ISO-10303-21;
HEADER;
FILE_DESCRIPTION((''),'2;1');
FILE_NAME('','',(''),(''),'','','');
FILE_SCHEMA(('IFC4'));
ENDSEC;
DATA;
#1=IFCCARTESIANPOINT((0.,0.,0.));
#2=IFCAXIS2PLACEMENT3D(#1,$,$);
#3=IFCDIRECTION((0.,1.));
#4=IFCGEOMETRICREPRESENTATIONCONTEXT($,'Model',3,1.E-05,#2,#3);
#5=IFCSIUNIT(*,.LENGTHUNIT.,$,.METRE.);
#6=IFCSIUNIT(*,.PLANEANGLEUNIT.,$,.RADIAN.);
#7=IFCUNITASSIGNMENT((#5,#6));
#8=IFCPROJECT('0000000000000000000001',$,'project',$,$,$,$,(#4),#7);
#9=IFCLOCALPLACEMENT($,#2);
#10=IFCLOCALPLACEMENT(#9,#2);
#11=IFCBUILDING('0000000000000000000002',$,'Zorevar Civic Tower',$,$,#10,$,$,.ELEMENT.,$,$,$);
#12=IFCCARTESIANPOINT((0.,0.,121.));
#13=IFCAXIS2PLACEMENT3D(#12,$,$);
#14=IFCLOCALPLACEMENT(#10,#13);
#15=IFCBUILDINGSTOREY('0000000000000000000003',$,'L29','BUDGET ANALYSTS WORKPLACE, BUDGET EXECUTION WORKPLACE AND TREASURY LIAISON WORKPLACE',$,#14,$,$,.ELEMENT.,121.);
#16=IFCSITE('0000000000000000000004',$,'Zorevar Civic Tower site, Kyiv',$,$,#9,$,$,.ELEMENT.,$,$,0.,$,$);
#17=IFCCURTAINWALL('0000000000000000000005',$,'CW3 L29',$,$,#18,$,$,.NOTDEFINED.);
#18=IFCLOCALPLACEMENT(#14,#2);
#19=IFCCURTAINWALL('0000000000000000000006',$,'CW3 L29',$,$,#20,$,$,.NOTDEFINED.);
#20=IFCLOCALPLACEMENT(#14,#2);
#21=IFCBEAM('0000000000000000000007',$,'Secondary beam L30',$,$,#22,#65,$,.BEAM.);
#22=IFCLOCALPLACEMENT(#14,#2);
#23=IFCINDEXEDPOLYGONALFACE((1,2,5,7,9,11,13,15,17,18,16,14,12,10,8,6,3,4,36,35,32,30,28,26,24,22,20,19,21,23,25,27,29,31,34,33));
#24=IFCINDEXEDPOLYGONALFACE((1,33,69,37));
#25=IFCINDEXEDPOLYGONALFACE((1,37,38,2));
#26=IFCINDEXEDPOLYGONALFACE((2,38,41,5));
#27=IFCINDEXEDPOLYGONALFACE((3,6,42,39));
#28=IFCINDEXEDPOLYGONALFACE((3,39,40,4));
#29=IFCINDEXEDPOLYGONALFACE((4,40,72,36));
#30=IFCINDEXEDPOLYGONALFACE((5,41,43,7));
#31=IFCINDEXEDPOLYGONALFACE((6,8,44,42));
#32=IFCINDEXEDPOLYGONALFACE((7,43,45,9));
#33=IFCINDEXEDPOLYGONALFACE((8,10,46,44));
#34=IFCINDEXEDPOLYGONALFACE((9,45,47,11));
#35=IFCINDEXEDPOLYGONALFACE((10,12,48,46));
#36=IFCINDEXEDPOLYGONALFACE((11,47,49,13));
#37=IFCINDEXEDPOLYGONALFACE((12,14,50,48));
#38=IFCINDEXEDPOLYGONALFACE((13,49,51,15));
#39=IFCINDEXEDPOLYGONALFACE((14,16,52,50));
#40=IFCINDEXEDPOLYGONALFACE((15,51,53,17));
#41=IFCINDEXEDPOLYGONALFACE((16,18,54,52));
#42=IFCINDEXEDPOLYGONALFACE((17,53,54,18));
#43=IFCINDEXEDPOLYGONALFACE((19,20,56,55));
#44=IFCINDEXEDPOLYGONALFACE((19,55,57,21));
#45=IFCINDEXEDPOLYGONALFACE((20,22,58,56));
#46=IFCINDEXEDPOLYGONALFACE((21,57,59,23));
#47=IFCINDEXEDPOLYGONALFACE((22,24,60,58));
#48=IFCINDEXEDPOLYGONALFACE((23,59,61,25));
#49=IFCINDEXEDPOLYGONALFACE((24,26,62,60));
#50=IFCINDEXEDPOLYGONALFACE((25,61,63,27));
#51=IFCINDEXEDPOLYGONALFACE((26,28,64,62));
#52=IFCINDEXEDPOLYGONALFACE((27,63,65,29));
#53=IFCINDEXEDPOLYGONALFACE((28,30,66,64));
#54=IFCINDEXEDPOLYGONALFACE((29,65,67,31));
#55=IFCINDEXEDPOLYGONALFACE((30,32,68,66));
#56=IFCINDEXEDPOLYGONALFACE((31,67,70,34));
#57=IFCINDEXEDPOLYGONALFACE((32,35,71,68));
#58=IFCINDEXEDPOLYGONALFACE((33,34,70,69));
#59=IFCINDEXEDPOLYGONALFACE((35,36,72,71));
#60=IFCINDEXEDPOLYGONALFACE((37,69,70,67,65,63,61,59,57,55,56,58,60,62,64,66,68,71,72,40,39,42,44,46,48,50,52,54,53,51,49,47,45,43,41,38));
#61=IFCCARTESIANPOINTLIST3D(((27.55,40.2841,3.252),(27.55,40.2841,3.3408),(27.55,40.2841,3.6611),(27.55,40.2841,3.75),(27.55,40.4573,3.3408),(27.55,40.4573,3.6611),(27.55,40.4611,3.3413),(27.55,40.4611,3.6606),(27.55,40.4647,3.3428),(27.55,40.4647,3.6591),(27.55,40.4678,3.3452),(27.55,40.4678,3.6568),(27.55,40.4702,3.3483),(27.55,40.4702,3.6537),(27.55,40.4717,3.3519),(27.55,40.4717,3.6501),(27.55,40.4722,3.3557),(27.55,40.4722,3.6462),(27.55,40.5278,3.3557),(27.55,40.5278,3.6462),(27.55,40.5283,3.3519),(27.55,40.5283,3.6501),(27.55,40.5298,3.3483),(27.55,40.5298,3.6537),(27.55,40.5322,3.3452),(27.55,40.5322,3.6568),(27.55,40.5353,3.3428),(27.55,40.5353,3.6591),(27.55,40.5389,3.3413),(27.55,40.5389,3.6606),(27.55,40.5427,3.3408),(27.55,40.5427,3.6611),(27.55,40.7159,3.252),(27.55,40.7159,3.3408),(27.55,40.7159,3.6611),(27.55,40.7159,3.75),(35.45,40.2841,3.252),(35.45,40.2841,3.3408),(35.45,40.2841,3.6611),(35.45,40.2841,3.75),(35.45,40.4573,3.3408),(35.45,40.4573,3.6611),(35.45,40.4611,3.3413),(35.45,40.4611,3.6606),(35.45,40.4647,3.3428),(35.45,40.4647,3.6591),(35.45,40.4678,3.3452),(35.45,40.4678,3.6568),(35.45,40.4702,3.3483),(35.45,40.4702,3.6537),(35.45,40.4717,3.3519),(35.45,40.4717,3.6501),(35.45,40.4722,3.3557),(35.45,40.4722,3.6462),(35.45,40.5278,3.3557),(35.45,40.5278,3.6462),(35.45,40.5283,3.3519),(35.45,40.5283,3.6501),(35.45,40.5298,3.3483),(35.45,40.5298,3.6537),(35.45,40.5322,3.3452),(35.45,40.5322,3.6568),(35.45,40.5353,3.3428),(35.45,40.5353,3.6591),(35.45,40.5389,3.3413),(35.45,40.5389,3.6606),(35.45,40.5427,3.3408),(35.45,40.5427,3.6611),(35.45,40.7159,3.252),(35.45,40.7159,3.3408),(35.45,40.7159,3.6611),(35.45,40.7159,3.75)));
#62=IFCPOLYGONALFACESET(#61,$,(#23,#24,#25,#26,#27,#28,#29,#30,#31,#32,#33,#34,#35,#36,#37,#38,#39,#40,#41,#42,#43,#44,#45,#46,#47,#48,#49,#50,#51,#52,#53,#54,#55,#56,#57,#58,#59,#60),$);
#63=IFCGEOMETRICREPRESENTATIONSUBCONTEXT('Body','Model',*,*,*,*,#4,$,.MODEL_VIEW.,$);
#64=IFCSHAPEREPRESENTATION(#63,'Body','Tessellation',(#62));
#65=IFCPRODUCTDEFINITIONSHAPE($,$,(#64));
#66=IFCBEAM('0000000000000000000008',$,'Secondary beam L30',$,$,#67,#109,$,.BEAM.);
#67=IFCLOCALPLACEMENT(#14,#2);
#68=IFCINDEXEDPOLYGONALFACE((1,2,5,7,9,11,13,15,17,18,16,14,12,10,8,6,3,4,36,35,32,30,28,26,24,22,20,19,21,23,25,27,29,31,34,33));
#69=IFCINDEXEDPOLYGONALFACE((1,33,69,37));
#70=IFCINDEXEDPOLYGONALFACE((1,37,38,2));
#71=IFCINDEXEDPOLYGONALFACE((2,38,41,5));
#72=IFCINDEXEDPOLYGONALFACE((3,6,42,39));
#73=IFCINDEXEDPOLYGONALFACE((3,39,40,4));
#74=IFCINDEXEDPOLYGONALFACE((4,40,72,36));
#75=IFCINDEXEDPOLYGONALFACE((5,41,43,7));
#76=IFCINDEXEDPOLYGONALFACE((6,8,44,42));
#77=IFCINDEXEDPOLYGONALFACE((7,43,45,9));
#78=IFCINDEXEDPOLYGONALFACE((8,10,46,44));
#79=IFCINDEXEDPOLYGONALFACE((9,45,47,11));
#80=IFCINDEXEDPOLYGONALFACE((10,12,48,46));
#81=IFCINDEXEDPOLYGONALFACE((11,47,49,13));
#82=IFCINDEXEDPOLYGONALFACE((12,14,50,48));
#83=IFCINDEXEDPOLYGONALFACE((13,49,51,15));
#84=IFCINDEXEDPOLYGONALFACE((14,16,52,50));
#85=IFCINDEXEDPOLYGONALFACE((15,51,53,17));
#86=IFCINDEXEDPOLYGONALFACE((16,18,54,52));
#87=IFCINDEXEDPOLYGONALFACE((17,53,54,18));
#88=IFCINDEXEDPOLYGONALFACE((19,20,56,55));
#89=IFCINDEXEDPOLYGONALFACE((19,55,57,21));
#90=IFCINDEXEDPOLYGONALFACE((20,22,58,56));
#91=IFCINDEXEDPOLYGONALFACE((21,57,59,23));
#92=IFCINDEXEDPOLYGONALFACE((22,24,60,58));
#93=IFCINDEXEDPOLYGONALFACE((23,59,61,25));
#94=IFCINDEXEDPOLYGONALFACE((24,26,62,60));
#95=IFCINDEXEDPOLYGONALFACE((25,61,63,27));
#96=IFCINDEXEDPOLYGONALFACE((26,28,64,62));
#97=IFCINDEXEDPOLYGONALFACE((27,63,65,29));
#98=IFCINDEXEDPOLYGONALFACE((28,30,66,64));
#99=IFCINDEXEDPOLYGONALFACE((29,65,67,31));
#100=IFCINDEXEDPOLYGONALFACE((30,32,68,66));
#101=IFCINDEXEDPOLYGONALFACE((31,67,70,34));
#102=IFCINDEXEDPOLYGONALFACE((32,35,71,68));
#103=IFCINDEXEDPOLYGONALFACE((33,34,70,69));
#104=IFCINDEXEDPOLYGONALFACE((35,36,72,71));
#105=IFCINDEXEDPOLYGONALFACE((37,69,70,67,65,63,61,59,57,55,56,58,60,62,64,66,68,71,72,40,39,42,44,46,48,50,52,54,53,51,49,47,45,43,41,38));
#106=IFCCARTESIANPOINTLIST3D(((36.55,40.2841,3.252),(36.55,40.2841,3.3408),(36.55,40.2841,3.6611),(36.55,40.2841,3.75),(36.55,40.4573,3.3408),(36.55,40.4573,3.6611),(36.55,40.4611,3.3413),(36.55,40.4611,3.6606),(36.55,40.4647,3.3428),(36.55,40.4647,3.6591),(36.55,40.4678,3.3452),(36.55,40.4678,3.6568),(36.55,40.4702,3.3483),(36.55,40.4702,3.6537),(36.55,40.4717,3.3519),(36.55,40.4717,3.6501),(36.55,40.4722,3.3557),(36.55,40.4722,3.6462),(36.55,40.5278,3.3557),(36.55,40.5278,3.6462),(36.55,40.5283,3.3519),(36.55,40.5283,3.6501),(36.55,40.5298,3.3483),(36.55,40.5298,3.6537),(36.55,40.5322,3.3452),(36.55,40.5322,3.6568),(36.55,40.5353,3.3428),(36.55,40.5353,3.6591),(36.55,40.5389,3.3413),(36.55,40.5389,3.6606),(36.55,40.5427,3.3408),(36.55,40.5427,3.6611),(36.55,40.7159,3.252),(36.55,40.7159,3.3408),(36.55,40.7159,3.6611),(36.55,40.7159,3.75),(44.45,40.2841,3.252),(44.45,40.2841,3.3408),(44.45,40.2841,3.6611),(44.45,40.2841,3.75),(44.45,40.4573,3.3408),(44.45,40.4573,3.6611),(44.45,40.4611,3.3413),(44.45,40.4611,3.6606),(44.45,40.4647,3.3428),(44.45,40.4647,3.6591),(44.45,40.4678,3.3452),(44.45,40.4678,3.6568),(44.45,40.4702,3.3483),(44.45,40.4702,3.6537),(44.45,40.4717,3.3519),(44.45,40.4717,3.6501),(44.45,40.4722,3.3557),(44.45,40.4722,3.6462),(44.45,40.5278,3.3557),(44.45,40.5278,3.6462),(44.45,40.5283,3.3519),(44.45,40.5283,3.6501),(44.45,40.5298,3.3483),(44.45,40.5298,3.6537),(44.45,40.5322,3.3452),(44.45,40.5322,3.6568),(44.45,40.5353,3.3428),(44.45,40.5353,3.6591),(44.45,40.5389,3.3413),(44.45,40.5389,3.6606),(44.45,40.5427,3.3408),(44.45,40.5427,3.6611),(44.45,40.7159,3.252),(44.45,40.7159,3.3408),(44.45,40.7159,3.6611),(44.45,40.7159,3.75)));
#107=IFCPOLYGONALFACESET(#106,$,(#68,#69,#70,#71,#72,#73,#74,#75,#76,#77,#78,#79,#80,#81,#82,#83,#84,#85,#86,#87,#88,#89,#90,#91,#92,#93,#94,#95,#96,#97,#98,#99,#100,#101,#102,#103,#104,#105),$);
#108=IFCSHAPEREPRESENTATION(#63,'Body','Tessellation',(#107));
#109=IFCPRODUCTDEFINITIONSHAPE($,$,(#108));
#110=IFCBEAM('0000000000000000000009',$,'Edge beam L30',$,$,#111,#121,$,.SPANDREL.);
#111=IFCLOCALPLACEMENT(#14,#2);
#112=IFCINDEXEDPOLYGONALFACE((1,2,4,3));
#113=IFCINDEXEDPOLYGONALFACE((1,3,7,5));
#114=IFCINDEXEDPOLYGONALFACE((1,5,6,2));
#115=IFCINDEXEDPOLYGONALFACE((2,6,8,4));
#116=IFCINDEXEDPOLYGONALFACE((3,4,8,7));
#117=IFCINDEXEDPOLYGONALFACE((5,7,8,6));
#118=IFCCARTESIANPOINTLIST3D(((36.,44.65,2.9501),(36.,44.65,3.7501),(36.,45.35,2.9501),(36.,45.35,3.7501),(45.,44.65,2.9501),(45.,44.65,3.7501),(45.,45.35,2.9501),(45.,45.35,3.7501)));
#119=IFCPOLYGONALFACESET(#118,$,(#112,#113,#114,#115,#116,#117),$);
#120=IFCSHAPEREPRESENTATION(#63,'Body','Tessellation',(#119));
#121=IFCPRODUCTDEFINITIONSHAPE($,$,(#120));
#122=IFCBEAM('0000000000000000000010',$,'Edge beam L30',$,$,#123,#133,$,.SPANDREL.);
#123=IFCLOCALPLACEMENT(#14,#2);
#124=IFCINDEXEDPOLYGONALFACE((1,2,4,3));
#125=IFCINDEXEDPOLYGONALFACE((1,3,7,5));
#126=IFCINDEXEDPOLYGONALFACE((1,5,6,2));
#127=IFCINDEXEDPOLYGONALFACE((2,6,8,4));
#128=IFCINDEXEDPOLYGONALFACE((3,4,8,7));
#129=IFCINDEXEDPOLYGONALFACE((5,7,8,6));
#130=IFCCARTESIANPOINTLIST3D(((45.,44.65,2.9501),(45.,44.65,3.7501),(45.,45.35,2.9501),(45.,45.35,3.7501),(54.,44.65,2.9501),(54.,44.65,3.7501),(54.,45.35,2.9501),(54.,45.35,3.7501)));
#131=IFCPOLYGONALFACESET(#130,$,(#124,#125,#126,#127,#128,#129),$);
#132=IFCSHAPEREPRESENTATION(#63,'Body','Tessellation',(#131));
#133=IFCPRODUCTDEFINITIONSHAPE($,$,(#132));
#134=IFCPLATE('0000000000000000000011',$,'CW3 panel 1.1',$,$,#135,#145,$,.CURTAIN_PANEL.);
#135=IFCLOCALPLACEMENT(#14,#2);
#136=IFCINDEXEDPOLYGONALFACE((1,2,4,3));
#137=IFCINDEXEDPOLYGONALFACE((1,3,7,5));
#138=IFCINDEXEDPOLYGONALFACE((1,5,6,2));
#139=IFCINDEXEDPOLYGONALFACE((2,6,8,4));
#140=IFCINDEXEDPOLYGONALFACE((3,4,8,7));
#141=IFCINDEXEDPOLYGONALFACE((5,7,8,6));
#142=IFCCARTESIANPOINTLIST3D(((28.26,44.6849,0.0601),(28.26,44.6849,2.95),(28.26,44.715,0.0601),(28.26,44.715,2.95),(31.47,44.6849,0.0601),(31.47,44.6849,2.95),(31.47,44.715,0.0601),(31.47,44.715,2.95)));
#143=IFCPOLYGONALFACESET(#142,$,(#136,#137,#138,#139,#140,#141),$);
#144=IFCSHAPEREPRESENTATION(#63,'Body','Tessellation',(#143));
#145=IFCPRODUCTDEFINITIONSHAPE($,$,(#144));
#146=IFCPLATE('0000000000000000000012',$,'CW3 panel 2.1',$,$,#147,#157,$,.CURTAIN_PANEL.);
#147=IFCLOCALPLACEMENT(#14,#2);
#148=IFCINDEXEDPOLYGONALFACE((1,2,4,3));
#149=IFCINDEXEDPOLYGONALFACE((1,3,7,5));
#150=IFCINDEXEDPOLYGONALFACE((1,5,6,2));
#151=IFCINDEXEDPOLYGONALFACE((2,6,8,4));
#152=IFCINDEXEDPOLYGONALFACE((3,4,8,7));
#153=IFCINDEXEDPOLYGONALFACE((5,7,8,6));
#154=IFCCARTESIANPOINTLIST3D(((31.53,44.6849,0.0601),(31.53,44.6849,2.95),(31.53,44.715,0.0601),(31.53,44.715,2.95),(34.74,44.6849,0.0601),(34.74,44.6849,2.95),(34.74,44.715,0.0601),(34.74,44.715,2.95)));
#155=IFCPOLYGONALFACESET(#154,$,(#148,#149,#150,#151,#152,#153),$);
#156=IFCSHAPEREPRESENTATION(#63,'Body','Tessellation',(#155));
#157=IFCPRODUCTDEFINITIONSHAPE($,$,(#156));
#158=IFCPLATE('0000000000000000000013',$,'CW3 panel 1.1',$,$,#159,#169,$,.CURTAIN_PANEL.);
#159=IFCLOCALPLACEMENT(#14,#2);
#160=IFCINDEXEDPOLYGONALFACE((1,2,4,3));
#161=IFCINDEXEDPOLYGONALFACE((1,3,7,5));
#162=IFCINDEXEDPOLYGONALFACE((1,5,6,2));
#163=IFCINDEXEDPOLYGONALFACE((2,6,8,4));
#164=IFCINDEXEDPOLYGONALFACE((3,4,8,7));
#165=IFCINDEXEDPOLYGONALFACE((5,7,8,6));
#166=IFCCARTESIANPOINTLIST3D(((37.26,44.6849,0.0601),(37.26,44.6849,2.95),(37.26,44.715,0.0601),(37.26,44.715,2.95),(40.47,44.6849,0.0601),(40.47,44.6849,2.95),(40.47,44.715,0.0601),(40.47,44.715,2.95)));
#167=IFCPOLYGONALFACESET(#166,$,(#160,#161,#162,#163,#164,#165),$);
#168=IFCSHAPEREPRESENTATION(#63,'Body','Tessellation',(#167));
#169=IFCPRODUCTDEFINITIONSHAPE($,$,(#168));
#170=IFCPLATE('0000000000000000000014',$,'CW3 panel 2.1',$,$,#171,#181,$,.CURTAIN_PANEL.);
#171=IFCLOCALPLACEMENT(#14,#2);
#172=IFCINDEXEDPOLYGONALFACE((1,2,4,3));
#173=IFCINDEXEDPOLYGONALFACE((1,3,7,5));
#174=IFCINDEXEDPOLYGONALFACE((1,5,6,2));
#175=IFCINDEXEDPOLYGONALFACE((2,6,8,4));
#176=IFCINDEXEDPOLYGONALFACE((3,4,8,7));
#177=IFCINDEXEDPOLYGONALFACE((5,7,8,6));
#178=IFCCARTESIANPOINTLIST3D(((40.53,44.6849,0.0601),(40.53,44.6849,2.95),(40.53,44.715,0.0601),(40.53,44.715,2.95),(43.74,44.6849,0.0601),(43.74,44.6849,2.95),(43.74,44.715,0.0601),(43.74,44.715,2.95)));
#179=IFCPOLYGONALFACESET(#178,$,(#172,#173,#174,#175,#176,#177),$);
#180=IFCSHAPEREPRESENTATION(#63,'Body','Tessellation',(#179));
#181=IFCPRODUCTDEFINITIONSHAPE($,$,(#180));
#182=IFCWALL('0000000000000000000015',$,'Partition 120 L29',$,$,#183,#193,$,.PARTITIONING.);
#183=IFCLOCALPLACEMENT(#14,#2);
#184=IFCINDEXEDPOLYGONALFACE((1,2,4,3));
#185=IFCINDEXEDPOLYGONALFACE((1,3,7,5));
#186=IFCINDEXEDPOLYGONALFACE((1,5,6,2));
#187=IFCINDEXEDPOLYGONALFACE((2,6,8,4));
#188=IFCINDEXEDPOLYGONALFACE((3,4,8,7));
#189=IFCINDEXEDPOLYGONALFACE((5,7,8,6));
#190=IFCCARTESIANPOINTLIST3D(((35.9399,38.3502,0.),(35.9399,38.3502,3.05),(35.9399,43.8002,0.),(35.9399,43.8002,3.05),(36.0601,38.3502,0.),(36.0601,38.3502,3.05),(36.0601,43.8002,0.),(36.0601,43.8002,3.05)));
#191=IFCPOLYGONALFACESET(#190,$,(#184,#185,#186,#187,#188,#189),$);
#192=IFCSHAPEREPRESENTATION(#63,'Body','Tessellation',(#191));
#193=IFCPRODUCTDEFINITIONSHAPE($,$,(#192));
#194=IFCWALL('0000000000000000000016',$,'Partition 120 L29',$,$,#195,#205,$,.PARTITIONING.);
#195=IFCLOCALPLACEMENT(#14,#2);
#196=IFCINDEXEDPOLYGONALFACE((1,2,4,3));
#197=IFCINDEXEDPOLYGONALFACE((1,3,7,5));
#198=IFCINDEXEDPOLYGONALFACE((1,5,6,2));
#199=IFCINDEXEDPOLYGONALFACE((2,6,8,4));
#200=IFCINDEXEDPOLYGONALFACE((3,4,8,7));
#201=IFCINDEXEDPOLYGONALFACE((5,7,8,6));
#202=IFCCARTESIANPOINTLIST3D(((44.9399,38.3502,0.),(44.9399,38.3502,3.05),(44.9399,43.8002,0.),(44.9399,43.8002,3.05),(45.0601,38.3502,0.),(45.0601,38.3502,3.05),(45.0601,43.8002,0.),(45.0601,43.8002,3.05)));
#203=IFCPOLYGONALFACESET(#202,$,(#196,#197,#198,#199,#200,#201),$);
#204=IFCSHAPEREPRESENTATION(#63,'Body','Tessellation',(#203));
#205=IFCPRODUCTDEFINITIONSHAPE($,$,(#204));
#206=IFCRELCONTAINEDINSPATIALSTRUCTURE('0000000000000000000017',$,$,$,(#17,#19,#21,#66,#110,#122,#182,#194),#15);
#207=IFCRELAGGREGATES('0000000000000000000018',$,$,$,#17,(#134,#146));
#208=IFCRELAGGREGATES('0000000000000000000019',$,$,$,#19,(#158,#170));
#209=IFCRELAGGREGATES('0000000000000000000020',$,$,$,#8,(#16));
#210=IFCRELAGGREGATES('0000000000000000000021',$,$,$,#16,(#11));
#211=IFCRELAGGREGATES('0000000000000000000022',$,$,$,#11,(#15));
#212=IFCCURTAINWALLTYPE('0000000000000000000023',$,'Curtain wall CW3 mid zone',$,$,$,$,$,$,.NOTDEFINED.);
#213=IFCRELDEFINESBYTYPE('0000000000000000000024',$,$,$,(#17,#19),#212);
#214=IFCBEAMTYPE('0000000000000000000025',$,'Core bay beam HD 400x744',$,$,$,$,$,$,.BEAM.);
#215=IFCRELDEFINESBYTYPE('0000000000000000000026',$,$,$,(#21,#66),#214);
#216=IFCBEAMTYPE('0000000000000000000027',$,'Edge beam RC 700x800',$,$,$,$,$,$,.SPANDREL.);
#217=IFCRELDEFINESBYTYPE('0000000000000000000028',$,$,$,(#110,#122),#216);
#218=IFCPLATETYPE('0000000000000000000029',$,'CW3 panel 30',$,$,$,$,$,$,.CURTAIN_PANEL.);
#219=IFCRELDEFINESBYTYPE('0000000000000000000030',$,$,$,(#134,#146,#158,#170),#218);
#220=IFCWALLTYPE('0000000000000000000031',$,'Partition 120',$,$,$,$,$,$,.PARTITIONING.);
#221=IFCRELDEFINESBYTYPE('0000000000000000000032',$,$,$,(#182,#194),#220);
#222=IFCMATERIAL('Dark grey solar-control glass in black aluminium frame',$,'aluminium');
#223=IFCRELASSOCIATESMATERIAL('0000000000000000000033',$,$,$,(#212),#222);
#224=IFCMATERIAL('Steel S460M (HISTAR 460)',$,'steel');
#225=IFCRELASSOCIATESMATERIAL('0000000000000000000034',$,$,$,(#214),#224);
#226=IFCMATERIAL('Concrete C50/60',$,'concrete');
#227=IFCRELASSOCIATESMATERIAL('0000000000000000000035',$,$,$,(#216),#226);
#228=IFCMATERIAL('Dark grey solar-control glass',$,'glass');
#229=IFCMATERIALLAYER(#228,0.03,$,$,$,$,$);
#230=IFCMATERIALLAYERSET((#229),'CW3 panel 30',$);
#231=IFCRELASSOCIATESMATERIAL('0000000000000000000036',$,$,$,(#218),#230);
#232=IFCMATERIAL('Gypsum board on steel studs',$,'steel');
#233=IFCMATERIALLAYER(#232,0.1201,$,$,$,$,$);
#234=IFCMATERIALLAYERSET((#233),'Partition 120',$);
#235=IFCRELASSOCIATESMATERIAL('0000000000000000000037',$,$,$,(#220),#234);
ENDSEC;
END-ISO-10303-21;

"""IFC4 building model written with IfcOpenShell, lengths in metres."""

from ifc_helpers import new_model, si_unit, direction, frame, frame_2d, origin, origin_2d, place, context, subcontext, project, spatial, rectangle, i_section, extrude, material, layer, layer_set, material_profile, profile_set, type_object, element, aggregate, save


model = new_model("IFC4")

# Units and contexts
model_context = context("Model", 3, precision=1e-05, world=origin(), true_north=direction((0.0, 1.0)))
body_context = subcontext(model_context, "Body", "Model", "MODEL_VIEW")
ifc_project = project(units=[si_unit("LENGTHUNIT", "METRE"), si_unit("PLANEANGLEUNIT", "RADIAN")], contexts=[model_context])

# Site, building, storey
site_placement = place(None, origin())
site = spatial("IfcSite", under=ifc_project, at=site_placement, Name="Zorevar Civic Tower site, Kyiv", CompositionType="ELEMENT", RefElevation=0.0)
building_placement = place(site_placement, origin())
building = spatial("IfcBuilding", under=site, at=building_placement, Name="Zorevar Civic Tower", CompositionType="ELEMENT")
storey_placement = place(building_placement, frame((0.0, 0.0, 121.0)))
storey = spatial("IfcBuildingStorey", under=building, at=storey_placement, Name="L29", Description="BUDGET ANALYSTS WORKPLACE, BUDGET EXECUTION WORKPLACE AND TREASURY LIAISON WORKPLACE", CompositionType="ELEMENT", Elevation=121.0)

# Curtain walls
ifc_material_1 = material(Name="Dark grey solar-control glass in black aluminium frame", Category="aluminium")
curtain_wall_type = type_object("IfcCurtainWallType", Name="Curtain wall CW3 mid zone", PredefinedType="NOTDEFINED", material=ifc_material_1)
curtain_wall_1_placement = place(storey_placement, origin())
curtain_wall_1 = element("IfcCurtainWall", 1, at=curtain_wall_1_placement, inside=storey, type_object=curtain_wall_type, Name="CW3 L29", PredefinedType="NOTDEFINED")
curtain_wall_2_placement = place(storey_placement, origin())
curtain_wall_2 = element("IfcCurtainWall", 2, at=curtain_wall_2_placement, inside=storey, type_object=curtain_wall_type, Name="CW3 L29", PredefinedType="NOTDEFINED")

# Beams
ifc_material_2 = material(Name="Steel S460M (HISTAR 460)", Category="steel")
ifc_material_profile_1 = material_profile(ifc_material_2, i_section(OverallWidth=0.4319, OverallDepth=0.498, WebThickness=0.0557, FlangeThickness=0.0889, FilletRadius=0.0149, at=origin_2d()), Name="HD 400x744")
ifc_profile_set_1 = profile_set([ifc_material_profile_1], Name="Steel S460M (HISTAR 460)")
beam_type_1 = type_object("IfcBeamType", Name="Core bay beam HD 400x744", PredefinedType="BEAM", material=ifc_profile_set_1)
for number, where, z_axis, x_axis, name in (
    (3, (27.55, 40.5, 3.501), (1.0, 0.0, 0.0), (0.0, 1.0, 0.0), "Secondary beam L30"),
    (4, (36.55, 40.5, 3.501), (1.0, 0.0, 0.0), (0.0, 1.0, 0.0), "Secondary beam L30"),
):
    element("IfcBeam", number, at=place(storey_placement, frame(where, z_axis=z_axis, x_axis=x_axis)), inside=storey, type_object=beam_type_1, Name=name, PredefinedType="BEAM", context=body_context, shape_type="SweptSolid", body=[
        extrude(i_section(OverallWidth=0.4319, OverallDepth=0.498, WebThickness=0.0557, FlangeThickness=0.0889, FilletRadius=0.0149, at=origin_2d()), origin(), (0.0, 0.0, 1.0), 7.8999),
    ])
ifc_material_3 = material(Name="Concrete C50/60", Category="concrete")
ifc_material_profile_2 = material_profile(ifc_material_3, rectangle(XDim=0.7, YDim=0.8, at=origin_2d()), Name="RC 700x800")
ifc_profile_set_2 = profile_set([ifc_material_profile_2], Name="Concrete C50/60")
beam_type_2 = type_object("IfcBeamType", Name="Edge beam RC 700x800", PredefinedType="SPANDREL", material=ifc_profile_set_2)
for number, where, z_axis, x_axis, name in (
    (5, (36.0, 45.0, 3.3501), (1.0, 0.0, 0.0), (0.0, 1.0, 0.0), "Edge beam L30"),
    (6, (45.0, 45.0, 3.3501), (1.0, 0.0, 0.0), (0.0, 1.0, 0.0), "Edge beam L30"),
):
    element("IfcBeam", number, at=place(storey_placement, frame(where, z_axis=z_axis, x_axis=x_axis)), inside=storey, type_object=beam_type_2, Name=name, PredefinedType="SPANDREL", context=body_context, shape_type="SweptSolid", body=[
        extrude(rectangle(XDim=0.7, YDim=0.8, at=origin_2d()), origin(), (0.0, 0.0, 1.0), 9.0),
    ])

# Plates
ifc_material_4 = material(Name="Dark grey solar-control glass", Category="glass")
ifc_layer_1 = layer(ifc_material_4, 0.03)
ifc_layer_set_1 = layer_set([ifc_layer_1], Name="CW3 panel 30")
plate_type = type_object("IfcPlateType", Name="CW3 panel 30", PredefinedType="CURTAIN_PANEL", material=ifc_layer_set_1)
plate_1_placement = place(storey_placement, frame((29.865, 44.7, 0.0601), z_axis=(0.0, 0.0, 1.0), x_axis=(1.0, 0.0, 0.0)))
plate_1 = element("IfcPlate", 7, at=plate_1_placement, type_object=plate_type, Name="CW3 panel 1.1", PredefinedType="CURTAIN_PANEL", context=body_context, shape_type="SweptSolid", body=[
    extrude(rectangle(XDim=3.21, YDim=0.03, at=origin_2d()), origin(), (0.0, 0.0, 1.0), 2.8899),
])
plate_2_placement = place(storey_placement, frame((33.135, 44.7, 0.0601), z_axis=(0.0, 0.0, 1.0), x_axis=(1.0, 0.0, 0.0)))
plate_2 = element("IfcPlate", 8, at=plate_2_placement, type_object=plate_type, Name="CW3 panel 2.1", PredefinedType="CURTAIN_PANEL", context=body_context, shape_type="SweptSolid", body=[
    extrude(rectangle(XDim=3.21, YDim=0.03, at=origin_2d()), origin(), (0.0, 0.0, 1.0), 2.8899),
])
aggregate(curtain_wall_1, [plate_1, plate_2])
plate_3_placement = place(storey_placement, frame((38.865, 44.7, 0.0601), z_axis=(0.0, 0.0, 1.0), x_axis=(1.0, 0.0, 0.0)))
plate_3 = element("IfcPlate", 9, at=plate_3_placement, type_object=plate_type, Name="CW3 panel 1.1", PredefinedType="CURTAIN_PANEL", context=body_context, shape_type="SweptSolid", body=[
    extrude(rectangle(XDim=3.21, YDim=0.03, at=origin_2d()), origin(), (0.0, 0.0, 1.0), 2.8899),
])
plate_4_placement = place(storey_placement, frame((42.135, 44.7, 0.0601), z_axis=(0.0, 0.0, 1.0), x_axis=(1.0, 0.0, 0.0)))
plate_4 = element("IfcPlate", 10, at=plate_4_placement, type_object=plate_type, Name="CW3 panel 2.1", PredefinedType="CURTAIN_PANEL", context=body_context, shape_type="SweptSolid", body=[
    extrude(rectangle(XDim=3.21, YDim=0.03, at=origin_2d()), origin(), (0.0, 0.0, 1.0), 2.8899),
])
aggregate(curtain_wall_2, [plate_3, plate_4])

# Walls
ifc_material_5 = material(Name="Gypsum board on steel studs", Category="steel")
ifc_layer_2 = layer(ifc_material_5, 0.1201)
ifc_layer_set_2 = layer_set([ifc_layer_2], Name="Partition 120")
wall_type = type_object("IfcWallType", Name="Partition 120", PredefinedType="PARTITIONING", material=ifc_layer_set_2)
for number, where, z_axis, x_axis, name in (
    (11, (36.0, 38.3501, 0.0), (0.0, 0.0, 1.0), (0.0, 1.0, 0.0), "Partition 120 L29"),
    (12, (45.0, 38.3501, 0.0), (0.0, 0.0, 1.0), (0.0, 1.0, 0.0), "Partition 120 L29"),
):
    element("IfcWall", number, at=place(storey_placement, frame(where, z_axis=z_axis, x_axis=x_axis)), inside=storey, type_object=wall_type, Name=name, PredefinedType="PARTITIONING", context=body_context, shape_type="SweptSolid", body=[
        extrude(rectangle(XDim=5.45, YDim=0.1201, at=frame_2d((2.7251, 0.0))), origin(), (0.0, 0.0, 1.0), 3.05),
    ])

save(model, "model.ifc")
